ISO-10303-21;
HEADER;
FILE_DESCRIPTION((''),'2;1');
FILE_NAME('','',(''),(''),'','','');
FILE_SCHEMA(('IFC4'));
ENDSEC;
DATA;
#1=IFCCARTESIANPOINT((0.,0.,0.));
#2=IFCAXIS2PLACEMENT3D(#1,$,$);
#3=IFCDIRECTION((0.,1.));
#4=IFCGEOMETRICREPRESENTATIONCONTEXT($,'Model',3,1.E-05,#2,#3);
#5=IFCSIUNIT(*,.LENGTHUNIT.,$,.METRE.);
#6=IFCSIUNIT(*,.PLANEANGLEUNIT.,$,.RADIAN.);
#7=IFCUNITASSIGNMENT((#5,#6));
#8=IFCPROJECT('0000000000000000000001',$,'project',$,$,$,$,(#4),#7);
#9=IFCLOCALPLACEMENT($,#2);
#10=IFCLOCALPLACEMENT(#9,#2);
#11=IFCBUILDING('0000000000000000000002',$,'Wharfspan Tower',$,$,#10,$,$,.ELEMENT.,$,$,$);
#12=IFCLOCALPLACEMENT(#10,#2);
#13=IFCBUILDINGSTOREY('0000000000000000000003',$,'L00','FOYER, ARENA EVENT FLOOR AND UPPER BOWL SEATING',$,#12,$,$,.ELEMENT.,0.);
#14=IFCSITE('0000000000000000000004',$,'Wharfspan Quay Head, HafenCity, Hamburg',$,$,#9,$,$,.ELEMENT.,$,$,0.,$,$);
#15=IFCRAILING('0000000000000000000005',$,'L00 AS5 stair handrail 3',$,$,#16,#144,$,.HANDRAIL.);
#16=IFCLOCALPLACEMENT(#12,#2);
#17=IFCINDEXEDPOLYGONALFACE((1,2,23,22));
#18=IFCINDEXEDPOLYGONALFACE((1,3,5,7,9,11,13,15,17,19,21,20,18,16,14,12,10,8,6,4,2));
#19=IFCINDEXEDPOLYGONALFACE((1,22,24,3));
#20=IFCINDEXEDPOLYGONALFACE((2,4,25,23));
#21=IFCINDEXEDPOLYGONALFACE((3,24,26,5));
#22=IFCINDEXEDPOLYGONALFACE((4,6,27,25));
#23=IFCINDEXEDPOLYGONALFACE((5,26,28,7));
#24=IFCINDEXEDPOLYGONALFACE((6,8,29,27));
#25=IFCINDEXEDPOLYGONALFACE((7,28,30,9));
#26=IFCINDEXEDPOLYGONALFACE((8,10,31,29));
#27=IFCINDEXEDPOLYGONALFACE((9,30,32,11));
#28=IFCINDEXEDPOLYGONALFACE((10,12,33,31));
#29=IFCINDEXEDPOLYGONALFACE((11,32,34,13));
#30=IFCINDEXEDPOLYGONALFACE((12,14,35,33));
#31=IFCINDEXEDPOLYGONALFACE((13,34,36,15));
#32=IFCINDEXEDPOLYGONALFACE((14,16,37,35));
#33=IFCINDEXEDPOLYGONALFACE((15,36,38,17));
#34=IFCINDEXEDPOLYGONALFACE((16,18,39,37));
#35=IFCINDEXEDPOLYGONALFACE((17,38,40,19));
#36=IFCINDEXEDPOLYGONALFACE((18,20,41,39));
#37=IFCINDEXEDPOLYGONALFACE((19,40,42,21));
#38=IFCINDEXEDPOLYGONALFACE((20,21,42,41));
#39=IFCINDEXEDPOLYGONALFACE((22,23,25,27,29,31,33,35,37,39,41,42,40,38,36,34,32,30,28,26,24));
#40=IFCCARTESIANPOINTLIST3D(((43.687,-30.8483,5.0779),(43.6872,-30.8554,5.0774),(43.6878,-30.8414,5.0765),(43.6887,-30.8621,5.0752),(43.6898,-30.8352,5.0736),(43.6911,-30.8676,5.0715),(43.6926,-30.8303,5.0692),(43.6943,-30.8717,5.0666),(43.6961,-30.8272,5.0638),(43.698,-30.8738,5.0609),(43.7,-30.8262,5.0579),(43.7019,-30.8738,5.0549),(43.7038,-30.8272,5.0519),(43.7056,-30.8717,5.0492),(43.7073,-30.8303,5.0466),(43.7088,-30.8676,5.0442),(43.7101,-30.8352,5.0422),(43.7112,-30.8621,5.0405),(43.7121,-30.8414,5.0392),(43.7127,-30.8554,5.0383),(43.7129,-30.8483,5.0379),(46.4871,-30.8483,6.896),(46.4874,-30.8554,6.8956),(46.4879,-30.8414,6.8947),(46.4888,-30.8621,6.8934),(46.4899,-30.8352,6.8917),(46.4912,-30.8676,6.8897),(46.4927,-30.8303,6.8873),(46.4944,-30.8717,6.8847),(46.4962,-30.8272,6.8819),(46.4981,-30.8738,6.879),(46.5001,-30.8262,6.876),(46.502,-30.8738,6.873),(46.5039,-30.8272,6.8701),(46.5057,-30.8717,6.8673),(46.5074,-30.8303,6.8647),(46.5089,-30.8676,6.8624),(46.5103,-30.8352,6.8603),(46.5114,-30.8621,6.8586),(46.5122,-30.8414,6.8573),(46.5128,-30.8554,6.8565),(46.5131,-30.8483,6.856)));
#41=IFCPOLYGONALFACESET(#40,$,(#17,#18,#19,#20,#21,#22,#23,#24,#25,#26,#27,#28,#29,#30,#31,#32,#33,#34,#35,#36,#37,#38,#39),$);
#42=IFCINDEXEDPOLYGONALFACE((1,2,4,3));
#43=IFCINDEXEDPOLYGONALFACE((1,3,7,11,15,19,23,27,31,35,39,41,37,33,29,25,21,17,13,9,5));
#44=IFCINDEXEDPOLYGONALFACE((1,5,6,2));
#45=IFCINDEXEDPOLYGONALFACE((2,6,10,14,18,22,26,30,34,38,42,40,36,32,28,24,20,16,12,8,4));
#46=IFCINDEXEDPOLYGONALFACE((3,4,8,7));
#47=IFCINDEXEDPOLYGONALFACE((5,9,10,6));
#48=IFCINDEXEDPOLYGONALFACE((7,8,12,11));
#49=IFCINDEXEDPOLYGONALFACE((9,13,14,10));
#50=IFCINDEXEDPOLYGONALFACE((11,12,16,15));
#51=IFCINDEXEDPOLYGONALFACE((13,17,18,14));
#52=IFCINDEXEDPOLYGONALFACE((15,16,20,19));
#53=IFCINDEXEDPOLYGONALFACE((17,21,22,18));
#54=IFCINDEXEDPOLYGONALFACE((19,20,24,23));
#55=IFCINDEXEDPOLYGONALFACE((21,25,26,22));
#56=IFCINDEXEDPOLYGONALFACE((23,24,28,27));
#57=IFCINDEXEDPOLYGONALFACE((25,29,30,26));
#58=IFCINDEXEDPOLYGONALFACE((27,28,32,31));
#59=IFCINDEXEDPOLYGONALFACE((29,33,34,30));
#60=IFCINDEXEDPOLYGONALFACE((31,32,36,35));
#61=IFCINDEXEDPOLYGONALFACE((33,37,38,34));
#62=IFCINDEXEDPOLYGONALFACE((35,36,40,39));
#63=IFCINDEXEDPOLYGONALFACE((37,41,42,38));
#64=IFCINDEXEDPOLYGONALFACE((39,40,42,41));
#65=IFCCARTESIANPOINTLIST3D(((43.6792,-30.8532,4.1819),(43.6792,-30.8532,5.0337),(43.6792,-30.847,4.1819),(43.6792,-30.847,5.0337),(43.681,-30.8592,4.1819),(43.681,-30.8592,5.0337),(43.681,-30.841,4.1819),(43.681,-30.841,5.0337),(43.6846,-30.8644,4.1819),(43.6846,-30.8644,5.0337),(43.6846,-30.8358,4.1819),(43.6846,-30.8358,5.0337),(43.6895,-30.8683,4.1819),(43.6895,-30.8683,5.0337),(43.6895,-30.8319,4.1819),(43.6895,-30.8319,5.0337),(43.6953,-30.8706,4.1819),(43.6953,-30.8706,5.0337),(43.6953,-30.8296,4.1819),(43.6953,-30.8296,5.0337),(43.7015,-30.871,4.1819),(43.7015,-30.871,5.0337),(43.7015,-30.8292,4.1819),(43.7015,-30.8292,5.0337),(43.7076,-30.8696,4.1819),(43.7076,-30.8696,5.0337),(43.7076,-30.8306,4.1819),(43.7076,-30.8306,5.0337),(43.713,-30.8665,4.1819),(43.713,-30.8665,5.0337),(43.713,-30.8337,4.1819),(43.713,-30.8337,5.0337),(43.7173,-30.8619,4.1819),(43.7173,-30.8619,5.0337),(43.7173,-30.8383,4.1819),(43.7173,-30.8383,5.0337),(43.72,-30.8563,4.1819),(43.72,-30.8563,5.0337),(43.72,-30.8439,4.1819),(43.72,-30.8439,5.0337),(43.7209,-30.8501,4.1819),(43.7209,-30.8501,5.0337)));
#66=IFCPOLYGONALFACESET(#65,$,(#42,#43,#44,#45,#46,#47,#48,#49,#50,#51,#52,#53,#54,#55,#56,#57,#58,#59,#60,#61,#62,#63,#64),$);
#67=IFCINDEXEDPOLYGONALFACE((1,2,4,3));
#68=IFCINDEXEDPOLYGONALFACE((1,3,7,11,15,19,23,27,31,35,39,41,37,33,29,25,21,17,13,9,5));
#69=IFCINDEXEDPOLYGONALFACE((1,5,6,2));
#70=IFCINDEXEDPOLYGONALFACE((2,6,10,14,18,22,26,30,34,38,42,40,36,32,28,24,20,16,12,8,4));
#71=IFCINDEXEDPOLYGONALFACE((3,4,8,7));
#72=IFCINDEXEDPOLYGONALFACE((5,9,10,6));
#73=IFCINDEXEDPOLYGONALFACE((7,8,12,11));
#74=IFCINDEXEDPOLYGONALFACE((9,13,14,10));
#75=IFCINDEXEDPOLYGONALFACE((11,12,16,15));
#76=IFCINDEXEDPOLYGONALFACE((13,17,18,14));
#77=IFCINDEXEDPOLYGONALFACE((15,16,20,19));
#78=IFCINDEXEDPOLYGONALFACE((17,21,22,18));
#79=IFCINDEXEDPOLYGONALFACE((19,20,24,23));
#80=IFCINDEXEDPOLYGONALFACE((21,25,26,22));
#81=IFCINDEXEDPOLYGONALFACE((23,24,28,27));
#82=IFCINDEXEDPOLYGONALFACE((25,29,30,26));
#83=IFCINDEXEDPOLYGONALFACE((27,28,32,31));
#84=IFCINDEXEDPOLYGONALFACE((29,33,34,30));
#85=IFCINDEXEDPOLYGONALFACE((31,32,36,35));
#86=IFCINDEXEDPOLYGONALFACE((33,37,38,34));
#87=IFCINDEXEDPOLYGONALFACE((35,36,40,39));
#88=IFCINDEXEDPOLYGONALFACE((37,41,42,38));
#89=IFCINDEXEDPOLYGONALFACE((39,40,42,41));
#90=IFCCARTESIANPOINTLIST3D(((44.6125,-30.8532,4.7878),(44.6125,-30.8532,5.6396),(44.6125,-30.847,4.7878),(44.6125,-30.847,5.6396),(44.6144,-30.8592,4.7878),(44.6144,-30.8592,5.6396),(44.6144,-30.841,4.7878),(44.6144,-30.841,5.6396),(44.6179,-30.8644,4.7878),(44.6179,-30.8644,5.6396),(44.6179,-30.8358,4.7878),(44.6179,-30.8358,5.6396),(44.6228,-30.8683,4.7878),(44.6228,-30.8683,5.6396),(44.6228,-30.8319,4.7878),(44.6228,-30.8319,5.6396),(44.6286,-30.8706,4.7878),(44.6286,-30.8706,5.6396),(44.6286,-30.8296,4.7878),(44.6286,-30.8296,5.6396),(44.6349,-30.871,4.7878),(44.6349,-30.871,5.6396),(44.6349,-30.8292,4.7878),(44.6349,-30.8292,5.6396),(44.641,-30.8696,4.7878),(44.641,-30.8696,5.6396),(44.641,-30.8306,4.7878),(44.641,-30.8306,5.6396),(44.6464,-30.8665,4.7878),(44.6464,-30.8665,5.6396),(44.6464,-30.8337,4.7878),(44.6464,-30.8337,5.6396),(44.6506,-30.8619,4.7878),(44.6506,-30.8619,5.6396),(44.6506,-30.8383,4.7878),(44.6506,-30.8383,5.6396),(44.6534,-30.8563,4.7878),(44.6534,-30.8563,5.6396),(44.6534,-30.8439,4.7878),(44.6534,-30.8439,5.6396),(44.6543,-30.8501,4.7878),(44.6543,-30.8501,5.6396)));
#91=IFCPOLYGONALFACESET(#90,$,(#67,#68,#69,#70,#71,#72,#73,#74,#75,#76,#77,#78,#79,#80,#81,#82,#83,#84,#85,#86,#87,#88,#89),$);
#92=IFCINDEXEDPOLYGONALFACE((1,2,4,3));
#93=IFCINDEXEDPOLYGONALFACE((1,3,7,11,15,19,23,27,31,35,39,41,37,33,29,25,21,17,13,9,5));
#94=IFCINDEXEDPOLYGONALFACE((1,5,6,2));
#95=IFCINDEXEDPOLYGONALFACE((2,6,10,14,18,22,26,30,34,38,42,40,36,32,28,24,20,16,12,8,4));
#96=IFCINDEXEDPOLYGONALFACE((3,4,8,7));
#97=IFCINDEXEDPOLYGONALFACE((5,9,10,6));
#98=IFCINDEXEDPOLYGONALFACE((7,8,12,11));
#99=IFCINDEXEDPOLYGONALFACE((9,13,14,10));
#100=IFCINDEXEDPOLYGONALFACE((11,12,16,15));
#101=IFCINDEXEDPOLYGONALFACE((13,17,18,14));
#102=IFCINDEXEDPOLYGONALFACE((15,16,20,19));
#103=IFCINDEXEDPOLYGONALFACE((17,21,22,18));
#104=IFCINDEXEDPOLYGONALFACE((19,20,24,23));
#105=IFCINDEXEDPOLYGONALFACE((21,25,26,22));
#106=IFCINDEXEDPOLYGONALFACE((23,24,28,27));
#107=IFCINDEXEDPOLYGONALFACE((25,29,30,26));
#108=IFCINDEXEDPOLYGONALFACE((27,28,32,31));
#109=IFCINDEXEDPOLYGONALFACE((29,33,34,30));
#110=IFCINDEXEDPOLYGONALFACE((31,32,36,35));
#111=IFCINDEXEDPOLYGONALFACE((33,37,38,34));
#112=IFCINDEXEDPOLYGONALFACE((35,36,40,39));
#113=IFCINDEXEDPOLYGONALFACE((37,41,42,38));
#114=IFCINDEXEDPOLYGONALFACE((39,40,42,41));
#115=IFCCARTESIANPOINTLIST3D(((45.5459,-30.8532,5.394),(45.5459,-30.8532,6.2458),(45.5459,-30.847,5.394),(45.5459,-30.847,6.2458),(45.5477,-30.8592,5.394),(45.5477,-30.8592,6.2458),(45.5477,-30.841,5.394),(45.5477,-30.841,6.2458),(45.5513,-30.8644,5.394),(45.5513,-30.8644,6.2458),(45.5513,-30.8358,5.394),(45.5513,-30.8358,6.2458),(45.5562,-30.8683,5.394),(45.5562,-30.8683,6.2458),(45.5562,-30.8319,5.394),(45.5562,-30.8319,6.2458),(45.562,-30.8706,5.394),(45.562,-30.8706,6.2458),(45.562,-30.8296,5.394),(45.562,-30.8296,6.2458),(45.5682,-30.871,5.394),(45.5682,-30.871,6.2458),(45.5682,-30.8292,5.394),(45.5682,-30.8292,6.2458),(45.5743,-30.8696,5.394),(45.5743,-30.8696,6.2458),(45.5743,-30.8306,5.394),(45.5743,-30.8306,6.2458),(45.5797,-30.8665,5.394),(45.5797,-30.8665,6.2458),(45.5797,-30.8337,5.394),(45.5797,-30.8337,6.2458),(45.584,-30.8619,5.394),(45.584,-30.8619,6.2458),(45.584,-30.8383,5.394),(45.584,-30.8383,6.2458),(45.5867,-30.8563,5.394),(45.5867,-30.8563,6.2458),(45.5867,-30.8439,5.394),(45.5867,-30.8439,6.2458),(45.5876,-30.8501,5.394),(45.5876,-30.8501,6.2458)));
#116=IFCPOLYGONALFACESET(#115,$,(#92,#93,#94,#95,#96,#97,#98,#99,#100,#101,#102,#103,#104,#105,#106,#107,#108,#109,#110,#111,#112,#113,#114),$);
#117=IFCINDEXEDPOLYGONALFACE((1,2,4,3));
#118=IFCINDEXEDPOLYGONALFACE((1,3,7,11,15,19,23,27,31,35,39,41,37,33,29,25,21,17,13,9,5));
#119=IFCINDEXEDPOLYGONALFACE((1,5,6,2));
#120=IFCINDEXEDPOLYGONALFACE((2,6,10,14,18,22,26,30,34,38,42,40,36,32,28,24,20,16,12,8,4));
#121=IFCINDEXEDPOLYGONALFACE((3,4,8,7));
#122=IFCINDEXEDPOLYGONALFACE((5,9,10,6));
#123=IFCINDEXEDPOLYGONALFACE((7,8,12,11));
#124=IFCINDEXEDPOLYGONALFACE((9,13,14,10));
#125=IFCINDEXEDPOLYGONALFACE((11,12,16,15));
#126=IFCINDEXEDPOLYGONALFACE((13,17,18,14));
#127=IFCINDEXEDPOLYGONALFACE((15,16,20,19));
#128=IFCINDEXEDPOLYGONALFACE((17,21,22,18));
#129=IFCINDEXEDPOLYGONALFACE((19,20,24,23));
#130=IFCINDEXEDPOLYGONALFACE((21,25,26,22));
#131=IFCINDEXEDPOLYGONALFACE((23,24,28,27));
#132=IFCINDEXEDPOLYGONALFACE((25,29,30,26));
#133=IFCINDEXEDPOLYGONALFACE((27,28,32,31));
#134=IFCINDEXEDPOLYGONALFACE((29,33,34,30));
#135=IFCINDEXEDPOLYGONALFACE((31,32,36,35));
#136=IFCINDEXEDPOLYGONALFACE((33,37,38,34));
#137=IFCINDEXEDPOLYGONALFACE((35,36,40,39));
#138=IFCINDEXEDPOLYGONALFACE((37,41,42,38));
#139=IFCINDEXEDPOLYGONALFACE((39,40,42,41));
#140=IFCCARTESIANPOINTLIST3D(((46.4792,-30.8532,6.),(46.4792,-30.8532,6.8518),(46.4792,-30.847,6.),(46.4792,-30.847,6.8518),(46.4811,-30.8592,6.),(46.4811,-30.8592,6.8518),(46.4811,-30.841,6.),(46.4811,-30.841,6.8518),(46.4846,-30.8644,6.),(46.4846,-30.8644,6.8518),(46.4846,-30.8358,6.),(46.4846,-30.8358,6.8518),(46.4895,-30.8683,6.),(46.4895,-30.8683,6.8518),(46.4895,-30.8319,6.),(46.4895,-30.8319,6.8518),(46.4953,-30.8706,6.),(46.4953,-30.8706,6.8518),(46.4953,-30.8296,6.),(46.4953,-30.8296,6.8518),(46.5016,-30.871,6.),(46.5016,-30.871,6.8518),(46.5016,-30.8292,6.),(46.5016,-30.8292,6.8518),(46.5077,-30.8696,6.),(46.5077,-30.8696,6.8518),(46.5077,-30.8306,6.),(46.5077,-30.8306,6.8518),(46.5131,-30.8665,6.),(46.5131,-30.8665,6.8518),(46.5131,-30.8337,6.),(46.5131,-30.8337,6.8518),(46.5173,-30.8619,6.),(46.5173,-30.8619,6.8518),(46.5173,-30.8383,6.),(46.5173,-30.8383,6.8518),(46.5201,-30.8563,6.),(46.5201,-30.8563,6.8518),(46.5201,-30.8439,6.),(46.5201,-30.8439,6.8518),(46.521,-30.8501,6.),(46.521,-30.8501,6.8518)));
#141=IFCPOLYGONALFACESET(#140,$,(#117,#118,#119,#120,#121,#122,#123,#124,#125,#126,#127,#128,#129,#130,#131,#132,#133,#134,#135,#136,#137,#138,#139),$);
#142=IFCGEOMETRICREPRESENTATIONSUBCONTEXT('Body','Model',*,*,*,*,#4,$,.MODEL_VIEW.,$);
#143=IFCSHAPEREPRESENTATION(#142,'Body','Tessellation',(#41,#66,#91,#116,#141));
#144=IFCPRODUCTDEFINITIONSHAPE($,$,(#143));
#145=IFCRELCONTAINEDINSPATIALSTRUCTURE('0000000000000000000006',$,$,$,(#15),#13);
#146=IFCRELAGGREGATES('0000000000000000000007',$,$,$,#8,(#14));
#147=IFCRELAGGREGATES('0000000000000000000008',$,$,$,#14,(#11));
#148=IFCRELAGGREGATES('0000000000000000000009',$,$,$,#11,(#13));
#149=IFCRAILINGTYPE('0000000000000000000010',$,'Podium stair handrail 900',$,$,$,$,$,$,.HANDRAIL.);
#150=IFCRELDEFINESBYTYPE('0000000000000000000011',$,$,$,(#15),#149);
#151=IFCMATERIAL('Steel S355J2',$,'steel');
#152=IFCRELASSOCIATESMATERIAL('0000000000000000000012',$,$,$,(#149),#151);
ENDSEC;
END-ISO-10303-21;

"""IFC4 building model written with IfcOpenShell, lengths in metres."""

from ifc_helpers import new_model, si_unit, direction, frame, origin, origin_2d, place, context, subcontext, project, spatial, circle, extrude, material, type_object, element, save


model = new_model("IFC4")

# Units and contexts
model_context = context("Model", 3, precision=1e-05, world=origin(), true_north=direction((0.0, 1.0)))
body_context = subcontext(model_context, "Body", "Model", "MODEL_VIEW")
ifc_project = project(units=[si_unit("LENGTHUNIT", "METRE"), si_unit("PLANEANGLEUNIT", "RADIAN")], contexts=[model_context])

# Site, building, storey
site_placement = place(None, origin())
site = spatial("IfcSite", under=ifc_project, at=site_placement, Name="Wharfspan Quay Head, HafenCity, Hamburg", CompositionType="ELEMENT", RefElevation=0.0)
building_placement = place(site_placement, origin())
building = spatial("IfcBuilding", under=site, at=building_placement, Name="Wharfspan Tower", CompositionType="ELEMENT")
storey_placement = place(building_placement, origin())
storey = spatial("IfcBuildingStorey", under=building, at=storey_placement, Name="L00", Description="FOYER, ARENA EVENT FLOOR AND UPPER BOWL SEATING", CompositionType="ELEMENT", Elevation=0.0)

# Railing
ifc_material_1 = material(Name="Steel S355J2", Category="steel")
railing_type_1 = type_object("IfcRailingType", Name="Podium stair handrail 900", PredefinedType="HANDRAIL", material=ifc_material_1)
railing_1_placement = place(storey_placement, frame((43.7, -30.8501, 4.1819)))
element("IfcRailing", 1, at=railing_1_placement, inside=storey, type_object=railing_type_1, Name="L00 AS5 stair handrail 3", PredefinedType="HANDRAIL", context=body_context, shape_type="SweptSolid", body=[
    extrude(circle(Radius=0.0239, at=origin_2d()), frame((0.0, 0.0, 0.876), z_axis=(0.838706, 0.0, 0.544585), x_axis=(0.0, 1.0, 0.0)), (0.0, 0.0, 1.0), 3.3386),
    extrude(circle(Radius=0.021, at=origin_2d()), origin(), (0.0, 0.0, 1.0), 0.8518),
    extrude(circle(Radius=0.021, at=origin_2d()), frame((0.9334, 0.0, 0.606)), (0.0, 0.0, 1.0), 0.8518),
    extrude(circle(Radius=0.021, at=origin_2d()), frame((1.8667, 0.0, 1.2122)), (0.0, 0.0, 1.0), 0.8518),
    extrude(circle(Radius=0.021, at=origin_2d()), frame((2.8, 0.0, 1.8181)), (0.0, 0.0, 1.0), 0.8518),
])

save(model, "model.ifc")
